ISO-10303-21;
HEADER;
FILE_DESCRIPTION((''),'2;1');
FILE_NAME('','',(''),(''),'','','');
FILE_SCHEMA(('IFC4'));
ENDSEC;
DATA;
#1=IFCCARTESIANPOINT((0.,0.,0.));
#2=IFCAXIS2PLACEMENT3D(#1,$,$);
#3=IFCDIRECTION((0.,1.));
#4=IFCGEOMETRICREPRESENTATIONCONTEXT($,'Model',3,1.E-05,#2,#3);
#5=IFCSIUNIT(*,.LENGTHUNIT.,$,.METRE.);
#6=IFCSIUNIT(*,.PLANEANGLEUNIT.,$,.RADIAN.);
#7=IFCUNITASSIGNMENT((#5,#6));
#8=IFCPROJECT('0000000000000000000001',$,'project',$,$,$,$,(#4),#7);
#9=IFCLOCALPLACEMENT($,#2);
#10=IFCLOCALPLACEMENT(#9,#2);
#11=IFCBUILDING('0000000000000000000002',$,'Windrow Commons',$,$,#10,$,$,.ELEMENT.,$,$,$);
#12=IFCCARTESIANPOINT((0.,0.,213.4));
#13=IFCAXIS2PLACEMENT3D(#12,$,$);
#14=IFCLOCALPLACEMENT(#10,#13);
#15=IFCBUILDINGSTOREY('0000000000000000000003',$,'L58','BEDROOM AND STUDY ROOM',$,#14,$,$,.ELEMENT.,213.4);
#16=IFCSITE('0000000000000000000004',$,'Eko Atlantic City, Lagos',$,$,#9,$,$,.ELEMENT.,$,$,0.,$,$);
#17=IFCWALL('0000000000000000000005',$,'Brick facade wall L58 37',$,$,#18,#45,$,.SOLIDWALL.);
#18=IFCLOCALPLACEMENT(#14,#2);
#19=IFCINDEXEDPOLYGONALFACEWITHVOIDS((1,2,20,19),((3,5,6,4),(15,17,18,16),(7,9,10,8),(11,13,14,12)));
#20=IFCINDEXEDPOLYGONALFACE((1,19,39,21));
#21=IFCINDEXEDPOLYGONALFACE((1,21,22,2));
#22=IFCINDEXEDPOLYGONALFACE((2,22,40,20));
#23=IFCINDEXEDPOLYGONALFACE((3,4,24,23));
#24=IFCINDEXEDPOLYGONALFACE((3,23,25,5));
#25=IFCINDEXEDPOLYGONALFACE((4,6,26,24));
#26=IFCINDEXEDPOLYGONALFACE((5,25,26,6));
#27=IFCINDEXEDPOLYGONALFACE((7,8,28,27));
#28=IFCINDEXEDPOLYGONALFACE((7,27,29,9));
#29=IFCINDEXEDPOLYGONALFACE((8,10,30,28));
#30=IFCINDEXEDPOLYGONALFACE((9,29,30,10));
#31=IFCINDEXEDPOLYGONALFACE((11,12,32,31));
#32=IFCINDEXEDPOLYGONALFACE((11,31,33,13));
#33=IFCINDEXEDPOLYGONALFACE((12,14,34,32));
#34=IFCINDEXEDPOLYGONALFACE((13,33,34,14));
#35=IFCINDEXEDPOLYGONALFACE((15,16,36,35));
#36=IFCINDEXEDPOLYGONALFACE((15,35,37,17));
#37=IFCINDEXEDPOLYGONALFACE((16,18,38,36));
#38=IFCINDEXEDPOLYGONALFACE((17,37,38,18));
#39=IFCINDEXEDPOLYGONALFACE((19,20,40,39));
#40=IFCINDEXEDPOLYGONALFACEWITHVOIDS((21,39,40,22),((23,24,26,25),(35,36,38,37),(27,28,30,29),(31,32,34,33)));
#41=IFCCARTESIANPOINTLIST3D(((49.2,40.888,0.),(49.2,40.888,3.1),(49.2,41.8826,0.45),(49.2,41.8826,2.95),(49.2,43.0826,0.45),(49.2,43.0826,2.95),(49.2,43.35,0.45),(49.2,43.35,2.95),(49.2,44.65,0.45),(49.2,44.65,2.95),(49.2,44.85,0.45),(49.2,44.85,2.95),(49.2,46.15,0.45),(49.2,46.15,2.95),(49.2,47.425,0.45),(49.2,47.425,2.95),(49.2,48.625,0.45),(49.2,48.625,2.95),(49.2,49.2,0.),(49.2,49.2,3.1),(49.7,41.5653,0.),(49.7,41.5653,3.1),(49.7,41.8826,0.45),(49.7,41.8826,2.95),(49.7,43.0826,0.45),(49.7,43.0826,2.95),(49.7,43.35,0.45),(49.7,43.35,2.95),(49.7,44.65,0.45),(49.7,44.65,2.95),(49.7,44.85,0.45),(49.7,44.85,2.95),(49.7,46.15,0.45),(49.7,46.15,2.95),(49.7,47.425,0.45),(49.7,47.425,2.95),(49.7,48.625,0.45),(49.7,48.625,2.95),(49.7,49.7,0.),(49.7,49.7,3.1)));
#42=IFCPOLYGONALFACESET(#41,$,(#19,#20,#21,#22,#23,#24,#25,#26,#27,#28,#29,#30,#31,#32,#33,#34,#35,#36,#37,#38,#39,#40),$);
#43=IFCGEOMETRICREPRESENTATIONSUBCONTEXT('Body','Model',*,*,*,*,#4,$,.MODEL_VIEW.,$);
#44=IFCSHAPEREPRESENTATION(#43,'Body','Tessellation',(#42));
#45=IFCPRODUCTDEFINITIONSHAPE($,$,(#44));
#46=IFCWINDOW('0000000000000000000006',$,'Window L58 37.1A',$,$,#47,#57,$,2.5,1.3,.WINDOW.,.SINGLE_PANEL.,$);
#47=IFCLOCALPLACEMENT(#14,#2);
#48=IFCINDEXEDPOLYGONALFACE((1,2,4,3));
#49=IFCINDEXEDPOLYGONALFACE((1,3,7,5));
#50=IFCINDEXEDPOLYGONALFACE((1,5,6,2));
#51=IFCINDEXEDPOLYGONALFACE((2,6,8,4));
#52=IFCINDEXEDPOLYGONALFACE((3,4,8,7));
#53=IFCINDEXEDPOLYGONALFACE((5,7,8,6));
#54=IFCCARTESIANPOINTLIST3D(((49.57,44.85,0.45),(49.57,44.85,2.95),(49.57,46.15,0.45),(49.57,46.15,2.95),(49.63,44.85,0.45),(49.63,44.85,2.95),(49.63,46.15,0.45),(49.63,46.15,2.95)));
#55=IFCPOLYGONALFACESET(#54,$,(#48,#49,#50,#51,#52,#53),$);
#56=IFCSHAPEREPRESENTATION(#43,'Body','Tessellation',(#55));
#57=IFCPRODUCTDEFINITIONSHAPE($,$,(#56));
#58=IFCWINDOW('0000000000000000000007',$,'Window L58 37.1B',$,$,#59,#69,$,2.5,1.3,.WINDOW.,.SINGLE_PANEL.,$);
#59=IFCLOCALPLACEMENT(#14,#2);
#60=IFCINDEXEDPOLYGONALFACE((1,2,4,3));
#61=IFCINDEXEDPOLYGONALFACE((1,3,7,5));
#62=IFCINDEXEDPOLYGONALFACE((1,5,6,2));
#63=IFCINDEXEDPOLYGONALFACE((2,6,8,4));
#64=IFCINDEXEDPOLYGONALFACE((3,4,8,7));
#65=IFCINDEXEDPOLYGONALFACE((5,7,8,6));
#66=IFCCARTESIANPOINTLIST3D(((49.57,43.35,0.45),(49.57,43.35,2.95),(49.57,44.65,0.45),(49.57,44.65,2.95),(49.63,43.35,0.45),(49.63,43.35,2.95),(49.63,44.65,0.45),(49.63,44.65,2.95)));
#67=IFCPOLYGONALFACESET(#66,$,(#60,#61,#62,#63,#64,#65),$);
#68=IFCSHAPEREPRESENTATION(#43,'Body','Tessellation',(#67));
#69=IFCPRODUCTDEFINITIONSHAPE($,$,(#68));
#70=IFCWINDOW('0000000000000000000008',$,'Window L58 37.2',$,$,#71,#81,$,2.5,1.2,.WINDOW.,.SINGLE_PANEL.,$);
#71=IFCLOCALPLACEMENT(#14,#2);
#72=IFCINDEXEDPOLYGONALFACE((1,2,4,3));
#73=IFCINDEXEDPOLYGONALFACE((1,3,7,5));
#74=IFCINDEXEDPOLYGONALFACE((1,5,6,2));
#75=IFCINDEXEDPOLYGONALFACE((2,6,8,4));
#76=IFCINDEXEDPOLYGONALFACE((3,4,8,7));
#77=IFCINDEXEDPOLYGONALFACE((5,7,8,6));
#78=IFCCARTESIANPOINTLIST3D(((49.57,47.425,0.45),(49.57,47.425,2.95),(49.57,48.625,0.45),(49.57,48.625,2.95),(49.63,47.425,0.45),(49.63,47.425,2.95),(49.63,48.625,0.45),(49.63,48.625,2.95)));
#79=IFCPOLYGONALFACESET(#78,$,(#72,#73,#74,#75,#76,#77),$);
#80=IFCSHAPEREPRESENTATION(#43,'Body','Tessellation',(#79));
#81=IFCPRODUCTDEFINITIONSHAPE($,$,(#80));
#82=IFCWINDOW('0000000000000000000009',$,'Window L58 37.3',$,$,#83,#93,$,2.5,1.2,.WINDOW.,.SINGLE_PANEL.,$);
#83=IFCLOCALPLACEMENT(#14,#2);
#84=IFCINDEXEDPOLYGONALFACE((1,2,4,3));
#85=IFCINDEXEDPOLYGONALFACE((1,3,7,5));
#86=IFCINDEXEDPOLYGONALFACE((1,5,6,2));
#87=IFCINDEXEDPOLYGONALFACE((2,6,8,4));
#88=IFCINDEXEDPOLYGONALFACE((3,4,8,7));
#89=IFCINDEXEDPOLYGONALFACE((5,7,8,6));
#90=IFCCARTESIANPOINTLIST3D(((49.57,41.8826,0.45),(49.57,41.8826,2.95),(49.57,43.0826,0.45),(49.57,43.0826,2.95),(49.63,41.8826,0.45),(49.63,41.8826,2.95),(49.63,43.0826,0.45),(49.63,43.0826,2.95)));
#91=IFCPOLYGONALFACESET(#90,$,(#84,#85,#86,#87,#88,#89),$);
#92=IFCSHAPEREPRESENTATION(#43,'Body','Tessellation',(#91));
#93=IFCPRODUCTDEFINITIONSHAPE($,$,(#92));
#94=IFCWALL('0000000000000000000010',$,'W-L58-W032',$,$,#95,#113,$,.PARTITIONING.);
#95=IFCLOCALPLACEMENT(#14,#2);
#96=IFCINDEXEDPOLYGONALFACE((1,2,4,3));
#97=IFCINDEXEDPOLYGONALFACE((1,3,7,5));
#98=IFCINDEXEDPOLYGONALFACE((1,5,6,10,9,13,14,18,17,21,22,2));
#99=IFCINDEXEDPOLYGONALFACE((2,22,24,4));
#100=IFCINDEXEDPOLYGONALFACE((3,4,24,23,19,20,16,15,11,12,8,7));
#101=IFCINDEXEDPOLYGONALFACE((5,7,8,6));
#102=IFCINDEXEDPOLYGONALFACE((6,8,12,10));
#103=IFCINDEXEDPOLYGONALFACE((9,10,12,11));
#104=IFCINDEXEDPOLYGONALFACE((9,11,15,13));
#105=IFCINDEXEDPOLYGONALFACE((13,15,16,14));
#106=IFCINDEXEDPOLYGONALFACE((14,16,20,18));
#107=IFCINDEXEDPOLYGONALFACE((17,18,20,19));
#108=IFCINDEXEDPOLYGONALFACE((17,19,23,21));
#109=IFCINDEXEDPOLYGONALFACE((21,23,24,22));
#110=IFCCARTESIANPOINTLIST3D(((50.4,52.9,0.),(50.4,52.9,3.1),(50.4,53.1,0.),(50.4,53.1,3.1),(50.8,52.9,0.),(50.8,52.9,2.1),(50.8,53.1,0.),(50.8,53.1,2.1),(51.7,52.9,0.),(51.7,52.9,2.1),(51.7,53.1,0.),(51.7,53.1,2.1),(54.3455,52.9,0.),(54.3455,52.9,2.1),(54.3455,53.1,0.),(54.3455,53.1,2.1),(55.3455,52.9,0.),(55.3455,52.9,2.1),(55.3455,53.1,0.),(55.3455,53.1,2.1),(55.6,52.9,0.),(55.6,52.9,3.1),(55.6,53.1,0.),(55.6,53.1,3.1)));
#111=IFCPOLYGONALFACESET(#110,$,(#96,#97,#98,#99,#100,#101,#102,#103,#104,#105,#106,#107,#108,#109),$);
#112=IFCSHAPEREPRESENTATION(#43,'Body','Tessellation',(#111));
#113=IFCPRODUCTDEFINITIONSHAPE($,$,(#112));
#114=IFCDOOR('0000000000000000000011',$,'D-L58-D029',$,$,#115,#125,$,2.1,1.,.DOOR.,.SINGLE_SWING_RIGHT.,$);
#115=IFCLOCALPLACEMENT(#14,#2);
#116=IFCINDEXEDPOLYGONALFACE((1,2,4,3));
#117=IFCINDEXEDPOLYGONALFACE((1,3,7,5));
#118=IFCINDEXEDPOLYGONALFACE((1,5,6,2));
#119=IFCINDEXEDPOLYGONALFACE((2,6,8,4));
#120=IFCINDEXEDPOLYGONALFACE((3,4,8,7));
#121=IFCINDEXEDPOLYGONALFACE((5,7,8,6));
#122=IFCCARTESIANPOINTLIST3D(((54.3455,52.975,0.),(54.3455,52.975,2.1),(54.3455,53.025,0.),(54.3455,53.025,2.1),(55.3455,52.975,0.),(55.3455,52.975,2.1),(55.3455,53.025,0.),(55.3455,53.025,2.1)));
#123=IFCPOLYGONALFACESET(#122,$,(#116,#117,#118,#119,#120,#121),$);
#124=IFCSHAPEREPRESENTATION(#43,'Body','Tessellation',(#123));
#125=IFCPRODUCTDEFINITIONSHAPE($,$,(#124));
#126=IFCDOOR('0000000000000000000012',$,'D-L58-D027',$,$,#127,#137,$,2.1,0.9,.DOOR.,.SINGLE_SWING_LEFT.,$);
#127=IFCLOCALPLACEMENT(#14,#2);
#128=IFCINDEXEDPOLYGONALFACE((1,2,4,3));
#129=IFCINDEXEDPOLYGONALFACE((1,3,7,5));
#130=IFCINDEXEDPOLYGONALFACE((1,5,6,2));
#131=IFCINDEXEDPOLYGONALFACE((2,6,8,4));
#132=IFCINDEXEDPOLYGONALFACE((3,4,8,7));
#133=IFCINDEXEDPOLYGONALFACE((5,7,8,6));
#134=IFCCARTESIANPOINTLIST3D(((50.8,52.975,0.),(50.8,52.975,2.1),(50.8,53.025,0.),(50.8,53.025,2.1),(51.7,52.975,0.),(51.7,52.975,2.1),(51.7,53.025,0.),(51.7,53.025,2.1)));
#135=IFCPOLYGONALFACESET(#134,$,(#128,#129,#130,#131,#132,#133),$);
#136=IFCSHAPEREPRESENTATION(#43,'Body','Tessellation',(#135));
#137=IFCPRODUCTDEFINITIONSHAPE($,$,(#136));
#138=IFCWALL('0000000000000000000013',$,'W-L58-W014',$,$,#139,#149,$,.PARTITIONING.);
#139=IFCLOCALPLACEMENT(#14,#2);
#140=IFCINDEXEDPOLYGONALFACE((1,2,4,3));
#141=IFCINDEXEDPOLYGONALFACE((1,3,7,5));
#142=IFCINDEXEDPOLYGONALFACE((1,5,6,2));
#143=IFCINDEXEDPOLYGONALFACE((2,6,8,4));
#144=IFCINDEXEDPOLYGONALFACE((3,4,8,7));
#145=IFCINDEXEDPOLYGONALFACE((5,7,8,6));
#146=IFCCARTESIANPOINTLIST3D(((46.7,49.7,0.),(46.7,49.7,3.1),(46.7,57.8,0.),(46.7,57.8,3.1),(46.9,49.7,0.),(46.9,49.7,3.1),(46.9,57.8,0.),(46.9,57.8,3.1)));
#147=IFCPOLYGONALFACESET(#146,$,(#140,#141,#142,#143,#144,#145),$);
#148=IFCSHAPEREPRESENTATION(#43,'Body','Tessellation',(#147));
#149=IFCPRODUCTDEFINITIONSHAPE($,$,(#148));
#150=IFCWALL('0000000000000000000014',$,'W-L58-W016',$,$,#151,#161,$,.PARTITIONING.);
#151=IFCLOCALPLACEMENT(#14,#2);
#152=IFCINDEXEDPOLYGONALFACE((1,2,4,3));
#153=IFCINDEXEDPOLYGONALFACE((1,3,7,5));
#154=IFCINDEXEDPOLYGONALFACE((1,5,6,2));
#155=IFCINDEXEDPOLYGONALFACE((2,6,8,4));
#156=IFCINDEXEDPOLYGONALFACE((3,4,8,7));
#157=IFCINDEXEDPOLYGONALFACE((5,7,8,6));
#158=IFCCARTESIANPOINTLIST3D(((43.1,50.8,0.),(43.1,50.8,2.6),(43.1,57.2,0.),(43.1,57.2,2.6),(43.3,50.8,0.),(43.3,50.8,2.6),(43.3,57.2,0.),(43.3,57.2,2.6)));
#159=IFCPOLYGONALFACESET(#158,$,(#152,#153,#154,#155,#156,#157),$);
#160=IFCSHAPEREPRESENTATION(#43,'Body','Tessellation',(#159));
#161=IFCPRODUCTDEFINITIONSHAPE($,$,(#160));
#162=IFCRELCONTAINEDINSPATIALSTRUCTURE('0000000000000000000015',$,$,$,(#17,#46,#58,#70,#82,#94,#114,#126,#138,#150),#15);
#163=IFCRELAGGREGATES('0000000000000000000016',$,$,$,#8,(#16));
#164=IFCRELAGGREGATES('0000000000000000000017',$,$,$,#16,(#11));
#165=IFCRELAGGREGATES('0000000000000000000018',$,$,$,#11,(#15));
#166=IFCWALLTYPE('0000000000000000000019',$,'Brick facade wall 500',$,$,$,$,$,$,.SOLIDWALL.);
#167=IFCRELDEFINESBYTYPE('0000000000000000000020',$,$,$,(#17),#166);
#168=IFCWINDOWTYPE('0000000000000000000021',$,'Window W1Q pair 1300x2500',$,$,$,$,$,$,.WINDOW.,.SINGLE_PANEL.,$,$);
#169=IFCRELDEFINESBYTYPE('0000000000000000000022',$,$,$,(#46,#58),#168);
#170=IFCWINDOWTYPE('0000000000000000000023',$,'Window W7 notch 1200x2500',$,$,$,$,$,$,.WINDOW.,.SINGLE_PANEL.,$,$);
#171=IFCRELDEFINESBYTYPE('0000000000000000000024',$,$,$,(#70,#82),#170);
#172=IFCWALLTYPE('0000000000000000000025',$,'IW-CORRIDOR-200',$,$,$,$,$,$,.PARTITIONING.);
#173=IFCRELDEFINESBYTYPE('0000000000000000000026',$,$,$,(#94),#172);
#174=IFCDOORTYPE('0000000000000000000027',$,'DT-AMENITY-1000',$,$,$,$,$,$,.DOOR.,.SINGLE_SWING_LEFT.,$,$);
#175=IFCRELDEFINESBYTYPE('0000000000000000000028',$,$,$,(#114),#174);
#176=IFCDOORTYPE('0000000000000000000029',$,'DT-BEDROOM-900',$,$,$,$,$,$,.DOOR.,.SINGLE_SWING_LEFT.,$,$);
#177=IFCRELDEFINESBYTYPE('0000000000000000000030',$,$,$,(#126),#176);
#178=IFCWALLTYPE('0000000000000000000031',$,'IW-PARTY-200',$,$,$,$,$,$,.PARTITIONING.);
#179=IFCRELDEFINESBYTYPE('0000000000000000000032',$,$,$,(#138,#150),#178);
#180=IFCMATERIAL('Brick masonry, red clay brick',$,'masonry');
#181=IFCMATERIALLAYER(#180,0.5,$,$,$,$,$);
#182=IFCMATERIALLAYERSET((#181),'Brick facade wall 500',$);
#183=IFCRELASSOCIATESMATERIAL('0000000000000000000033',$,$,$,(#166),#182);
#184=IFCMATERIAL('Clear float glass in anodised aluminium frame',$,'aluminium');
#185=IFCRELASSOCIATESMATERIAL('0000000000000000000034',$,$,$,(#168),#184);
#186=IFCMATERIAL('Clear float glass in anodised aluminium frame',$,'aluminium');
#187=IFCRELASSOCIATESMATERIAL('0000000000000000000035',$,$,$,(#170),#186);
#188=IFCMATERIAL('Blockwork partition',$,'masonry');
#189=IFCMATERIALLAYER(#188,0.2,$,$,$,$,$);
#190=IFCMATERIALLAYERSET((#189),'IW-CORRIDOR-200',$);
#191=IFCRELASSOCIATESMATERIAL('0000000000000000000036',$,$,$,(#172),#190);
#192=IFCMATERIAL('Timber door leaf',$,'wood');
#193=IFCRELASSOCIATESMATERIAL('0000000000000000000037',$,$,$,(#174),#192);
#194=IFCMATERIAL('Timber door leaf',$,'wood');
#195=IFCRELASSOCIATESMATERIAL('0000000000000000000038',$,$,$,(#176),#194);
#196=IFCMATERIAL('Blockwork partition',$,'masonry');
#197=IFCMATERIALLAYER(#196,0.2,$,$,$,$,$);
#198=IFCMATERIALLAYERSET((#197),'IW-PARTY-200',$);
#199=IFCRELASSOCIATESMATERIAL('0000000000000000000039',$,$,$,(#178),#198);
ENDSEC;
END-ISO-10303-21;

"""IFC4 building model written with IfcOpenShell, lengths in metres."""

from ifc_helpers import new_model, si_unit, direction, frame, frame_2d, origin, place, context, subcontext, project, spatial, polyline, rectangle, outline, extrude, material, layer, layer_set, type_object, element, fill, save


model = new_model("IFC4")

# Units and contexts
model_context = context("Model", 3, precision=1e-05, world=origin(), true_north=direction((0.0, 1.0)))
body_context = subcontext(model_context, "Body", "Model", "MODEL_VIEW")
ifc_project = project(units=[si_unit("LENGTHUNIT", "METRE"), si_unit("PLANEANGLEUNIT", "RADIAN")], contexts=[model_context])

# Site, building, storey
site_placement = place(None, origin())
site = spatial("IfcSite", under=ifc_project, at=site_placement, Name="Eko Atlantic City, Lagos", CompositionType="ELEMENT", RefElevation=0.0)
building_placement = place(site_placement, origin())
building = spatial("IfcBuilding", under=site, at=building_placement, Name="Windrow Commons", CompositionType="ELEMENT")
storey_placement = place(building_placement, frame((0.0, 0.0, 213.4)))
storey = spatial("IfcBuildingStorey", under=building, at=storey_placement, Name="L58", Description="BEDROOM AND STUDY ROOM", CompositionType="ELEMENT", Elevation=213.4)

# Wall, openings, windows
ifc_material_1 = material(Name="Brick masonry, red clay brick", Category="masonry")
ifc_layer_1 = layer(ifc_material_1, 0.5)
ifc_layer_set_1 = layer_set([ifc_layer_1], Name="Brick facade wall 500")
wall_type_1 = type_object("IfcWallType", Name="Brick facade wall 500", PredefinedType="SOLIDWALL", material=ifc_layer_set_1)
ifc_material_2 = material(Name="Clear float glass in anodised aluminium frame", Category="aluminium")
window_type_1 = type_object("IfcWindowType", Name="Window W1Q pair 1300x2500", PartitioningType="SINGLE_PANEL", PredefinedType="WINDOW", material=ifc_material_2)
ifc_material_3 = material(Name="Clear float glass in anodised aluminium frame", Category="aluminium")
window_type_2 = type_object("IfcWindowType", Name="Window W7 notch 1200x2500", PartitioningType="SINGLE_PANEL", PredefinedType="WINDOW", material=ifc_material_3)
wall_1_placement = place(storey_placement, frame((49.45, 49.45, 0.0), z_axis=(0.0, 0.0, 1.0), x_axis=(0.0, -1.0, 0.0)))
wall_1 = element("IfcWall", 1, at=wall_1_placement, inside=storey, type_object=wall_type_1, Name="Brick facade wall L58 37", PredefinedType="SOLIDWALL", context=body_context, shape_type="SweptSolid", body=[
    extrude(outline(polyline([(0.25, -0.25), (8.562, -0.25), (7.8847, 0.25), (-0.25, 0.25), (0.25, -0.25)])), origin(), (0.0, 0.0, 1.0), 3.1),
])
opening_1_placement = place(wall_1_placement, frame((3.3, 0.0, 0.45)))
opening_1 = element("IfcOpeningElement", 2, at=opening_1_placement, cuts=wall_1, PredefinedType="OPENING", context=body_context, shape_type="SweptSolid", body=[
    extrude(rectangle(XDim=1.3, YDim=2.5, at=frame_2d((0.65, 1.25))), frame((0.0, 0.26, 0.0), z_axis=(0.0, -1.0, 0.0), x_axis=(1.0, 0.0, 0.0)), (0.0, 0.0, 1.0), 0.52),
])
opening_2_placement = place(wall_1_placement, frame((4.8, 0.0, 0.45)))
opening_2 = element("IfcOpeningElement", 3, at=opening_2_placement, cuts=wall_1, PredefinedType="OPENING", context=body_context, shape_type="SweptSolid", body=[
    extrude(rectangle(XDim=1.3, YDim=2.5, at=frame_2d((0.65, 1.25))), frame((0.0, 0.26, 0.0), z_axis=(0.0, -1.0, 0.0), x_axis=(1.0, 0.0, 0.0)), (0.0, 0.0, 1.0), 0.52),
])
opening_3_placement = place(wall_1_placement, frame((0.825, 0.0, 0.45)))
opening_3 = element("IfcOpeningElement", 4, at=opening_3_placement, cuts=wall_1, PredefinedType="OPENING", context=body_context, shape_type="SweptSolid", body=[
    extrude(rectangle(XDim=1.2, YDim=2.5, at=frame_2d((0.6, 1.25))), frame((0.0, 0.26, 0.0), z_axis=(0.0, -1.0, 0.0), x_axis=(1.0, 0.0, 0.0)), (0.0, 0.0, 1.0), 0.52),
])
opening_4_placement = place(wall_1_placement, frame((6.3674, 0.0, 0.45)))
opening_4 = element("IfcOpeningElement", 5, at=opening_4_placement, cuts=wall_1, PredefinedType="OPENING", context=body_context, shape_type="SweptSolid", body=[
    extrude(rectangle(XDim=1.2, YDim=2.5, at=frame_2d((0.6, 1.25))), frame((0.0, 0.26, 0.0), z_axis=(0.0, -1.0, 0.0), x_axis=(1.0, 0.0, 0.0)), (0.0, 0.0, 1.0), 0.52),
])
window_1_placement = place(opening_1_placement, origin())
window_1 = element("IfcWindow", 6, at=window_1_placement, inside=storey, type_object=window_type_1, Name="Window L58 37.1A", OverallHeight=2.5, OverallWidth=1.3, PartitioningType="SINGLE_PANEL", PredefinedType="WINDOW", context=body_context, shape_type="SweptSolid", body=[
    extrude(rectangle(XDim=1.3, YDim=2.5, at=frame_2d((0.65, 1.25))), frame((0.0, 0.18, 0.0), z_axis=(0.0, -1.0, 0.0), x_axis=(1.0, 0.0, 0.0)), (0.0, 0.0, 1.0), 0.06),
])
fill(opening_1, window_1)
window_2_placement = place(opening_2_placement, origin())
window_2 = element("IfcWindow", 7, at=window_2_placement, inside=storey, type_object=window_type_1, Name="Window L58 37.1B", OverallHeight=2.5, OverallWidth=1.3, PartitioningType="SINGLE_PANEL", PredefinedType="WINDOW", context=body_context, shape_type="SweptSolid", body=[
    extrude(rectangle(XDim=1.3, YDim=2.5, at=frame_2d((0.65, 1.25))), frame((0.0, 0.18, 0.0), z_axis=(0.0, -1.0, 0.0), x_axis=(1.0, 0.0, 0.0)), (0.0, 0.0, 1.0), 0.06),
])
fill(opening_2, window_2)
window_3_placement = place(opening_3_placement, origin())
window_3 = element("IfcWindow", 8, at=window_3_placement, inside=storey, type_object=window_type_2, Name="Window L58 37.2", OverallHeight=2.5, OverallWidth=1.2, PartitioningType="SINGLE_PANEL", PredefinedType="WINDOW", context=body_context, shape_type="SweptSolid", body=[
    extrude(rectangle(XDim=1.2, YDim=2.5, at=frame_2d((0.6, 1.25))), frame((0.0, 0.18, 0.0), z_axis=(0.0, -1.0, 0.0), x_axis=(1.0, 0.0, 0.0)), (0.0, 0.0, 1.0), 0.06),
])
fill(opening_3, window_3)
window_4_placement = place(opening_4_placement, origin())
window_4 = element("IfcWindow", 9, at=window_4_placement, inside=storey, type_object=window_type_2, Name="Window L58 37.3", OverallHeight=2.5, OverallWidth=1.2, PartitioningType="SINGLE_PANEL", PredefinedType="WINDOW", context=body_context, shape_type="SweptSolid", body=[
    extrude(rectangle(XDim=1.2, YDim=2.5, at=frame_2d((0.6, 1.25))), frame((0.0, 0.18, 0.0), z_axis=(0.0, -1.0, 0.0), x_axis=(1.0, 0.0, 0.0)), (0.0, 0.0, 1.0), 0.06),
])
fill(opening_4, window_4)

# Wall, openings, doors
ifc_material_4 = material(Name="Blockwork partition", Category="masonry")
ifc_layer_2 = layer(ifc_material_4, 0.2)
ifc_layer_set_2 = layer_set([ifc_layer_2], Name="IW-CORRIDOR-200")
wall_type_2 = type_object("IfcWallType", Name="IW-CORRIDOR-200", PredefinedType="PARTITIONING", material=ifc_layer_set_2)
wall_2_placement = place(storey_placement, frame((50.4, 53.0, 0.0), z_axis=(0.0, 0.0, 1.0), x_axis=(1.0, 0.0, 0.0)))
wall_2 = element("IfcWall", 10, at=wall_2_placement, inside=storey, type_object=wall_type_2, Name="W-L58-W032", PredefinedType="PARTITIONING", context=body_context, shape_type="SweptSolid", body=[
    extrude(rectangle(XDim=5.2, YDim=0.2, at=frame_2d((2.6, 0.0))), origin(), (0.0, 0.0, 1.0), 3.1),
])
opening_5_placement = place(wall_2_placement, frame((0.4, 0.0, 0.0)))
opening_5 = element("IfcOpeningElement", 11, at=opening_5_placement, cuts=wall_2, PredefinedType="OPENING", context=body_context, shape_type="SweptSolid", body=[
    extrude(rectangle(XDim=0.9, YDim=2.1, at=frame_2d((0.45, 1.05))), frame((0.0, 0.11, 0.0), z_axis=(0.0, -1.0, 0.0), x_axis=(1.0, 0.0, 0.0)), (0.0, 0.0, 1.0), 0.22),
])
opening_6_placement = place(wall_2_placement, frame((3.9455, 0.0, 0.0)))
opening_6 = element("IfcOpeningElement", 12, at=opening_6_placement, cuts=wall_2, PredefinedType="OPENING", context=body_context, shape_type="SweptSolid", body=[
    extrude(rectangle(XDim=1.0, YDim=2.1, at=frame_2d((0.5, 1.05))), frame((0.0, 0.11, 0.0), z_axis=(0.0, -1.0, 0.0), x_axis=(1.0, 0.0, 0.0)), (0.0, 0.0, 1.0), 0.22),
])
ifc_material_5 = material(Name="Timber door leaf", Category="wood")
door_type_1 = type_object("IfcDoorType", Name="DT-AMENITY-1000", OperationType="SINGLE_SWING_LEFT", PredefinedType="DOOR", material=ifc_material_5)
door_1_placement = place(opening_6_placement, origin())
door_1 = element("IfcDoor", 13, at=door_1_placement, inside=storey, type_object=door_type_1, Name="D-L58-D029", OperationType="SINGLE_SWING_RIGHT", OverallHeight=2.1, OverallWidth=1.0, PredefinedType="DOOR", context=body_context, shape_type="SweptSolid", body=[
    extrude(rectangle(XDim=1.0, YDim=2.1, at=frame_2d((0.5, 1.05))), frame((0.0, 0.025, 0.0), z_axis=(0.0, -1.0, 0.0), x_axis=(1.0, 0.0, 0.0)), (0.0, 0.0, 1.0), 0.05),
])
fill(opening_6, door_1)
ifc_material_6 = material(Name="Timber door leaf", Category="wood")
door_type_2 = type_object("IfcDoorType", Name="DT-BEDROOM-900", OperationType="SINGLE_SWING_LEFT", PredefinedType="DOOR", material=ifc_material_6)
door_2_placement = place(opening_5_placement, origin())
door_2 = element("IfcDoor", 14, at=door_2_placement, inside=storey, type_object=door_type_2, Name="D-L58-D027", OperationType="SINGLE_SWING_LEFT", OverallHeight=2.1, OverallWidth=0.9, PredefinedType="DOOR", context=body_context, shape_type="SweptSolid", body=[
    extrude(rectangle(XDim=0.9, YDim=2.1, at=frame_2d((0.45, 1.05))), frame((0.0, 0.025, 0.0), z_axis=(0.0, -1.0, 0.0), x_axis=(1.0, 0.0, 0.0)), (0.0, 0.0, 1.0), 0.05),
])
fill(opening_5, door_2)

# Walls
ifc_material_7 = material(Name="Blockwork partition", Category="masonry")
ifc_layer_3 = layer(ifc_material_7, 0.2)
ifc_layer_set_3 = layer_set([ifc_layer_3], Name="IW-PARTY-200")
wall_type_3 = type_object("IfcWallType", Name="IW-PARTY-200", PredefinedType="PARTITIONING", material=ifc_layer_set_3)
wall_3_placement = place(storey_placement, frame((46.8, 49.7, 0.0), z_axis=(0.0, 0.0, 1.0), x_axis=(0.0, 1.0, 0.0)))
element("IfcWall", 15, at=wall_3_placement, inside=storey, type_object=wall_type_3, Name="W-L58-W014", PredefinedType="PARTITIONING", context=body_context, shape_type="SweptSolid", body=[
    extrude(rectangle(XDim=8.1, YDim=0.2, at=frame_2d((4.05, 0.0))), origin(), (0.0, 0.0, 1.0), 3.1),
])
for number, where, z_axis, x_axis, name in (
    (16, (43.2, 50.8, 0.0), (0.0, 0.0, 1.0), (0.0, 1.0, 0.0), "W-L58-W016"),
):
    element("IfcWall", number, at=place(storey_placement, frame(where, z_axis=z_axis, x_axis=x_axis)), inside=storey, type_object=wall_type_3, Name=name, PredefinedType="PARTITIONING", context=body_context, shape_type="SweptSolid", body=[
        extrude(rectangle(XDim=6.4, YDim=0.2, at=frame_2d((3.2, 0.0))), origin(), (0.0, 0.0, 1.0), 2.6),
    ])

save(model, "model.ifc")
